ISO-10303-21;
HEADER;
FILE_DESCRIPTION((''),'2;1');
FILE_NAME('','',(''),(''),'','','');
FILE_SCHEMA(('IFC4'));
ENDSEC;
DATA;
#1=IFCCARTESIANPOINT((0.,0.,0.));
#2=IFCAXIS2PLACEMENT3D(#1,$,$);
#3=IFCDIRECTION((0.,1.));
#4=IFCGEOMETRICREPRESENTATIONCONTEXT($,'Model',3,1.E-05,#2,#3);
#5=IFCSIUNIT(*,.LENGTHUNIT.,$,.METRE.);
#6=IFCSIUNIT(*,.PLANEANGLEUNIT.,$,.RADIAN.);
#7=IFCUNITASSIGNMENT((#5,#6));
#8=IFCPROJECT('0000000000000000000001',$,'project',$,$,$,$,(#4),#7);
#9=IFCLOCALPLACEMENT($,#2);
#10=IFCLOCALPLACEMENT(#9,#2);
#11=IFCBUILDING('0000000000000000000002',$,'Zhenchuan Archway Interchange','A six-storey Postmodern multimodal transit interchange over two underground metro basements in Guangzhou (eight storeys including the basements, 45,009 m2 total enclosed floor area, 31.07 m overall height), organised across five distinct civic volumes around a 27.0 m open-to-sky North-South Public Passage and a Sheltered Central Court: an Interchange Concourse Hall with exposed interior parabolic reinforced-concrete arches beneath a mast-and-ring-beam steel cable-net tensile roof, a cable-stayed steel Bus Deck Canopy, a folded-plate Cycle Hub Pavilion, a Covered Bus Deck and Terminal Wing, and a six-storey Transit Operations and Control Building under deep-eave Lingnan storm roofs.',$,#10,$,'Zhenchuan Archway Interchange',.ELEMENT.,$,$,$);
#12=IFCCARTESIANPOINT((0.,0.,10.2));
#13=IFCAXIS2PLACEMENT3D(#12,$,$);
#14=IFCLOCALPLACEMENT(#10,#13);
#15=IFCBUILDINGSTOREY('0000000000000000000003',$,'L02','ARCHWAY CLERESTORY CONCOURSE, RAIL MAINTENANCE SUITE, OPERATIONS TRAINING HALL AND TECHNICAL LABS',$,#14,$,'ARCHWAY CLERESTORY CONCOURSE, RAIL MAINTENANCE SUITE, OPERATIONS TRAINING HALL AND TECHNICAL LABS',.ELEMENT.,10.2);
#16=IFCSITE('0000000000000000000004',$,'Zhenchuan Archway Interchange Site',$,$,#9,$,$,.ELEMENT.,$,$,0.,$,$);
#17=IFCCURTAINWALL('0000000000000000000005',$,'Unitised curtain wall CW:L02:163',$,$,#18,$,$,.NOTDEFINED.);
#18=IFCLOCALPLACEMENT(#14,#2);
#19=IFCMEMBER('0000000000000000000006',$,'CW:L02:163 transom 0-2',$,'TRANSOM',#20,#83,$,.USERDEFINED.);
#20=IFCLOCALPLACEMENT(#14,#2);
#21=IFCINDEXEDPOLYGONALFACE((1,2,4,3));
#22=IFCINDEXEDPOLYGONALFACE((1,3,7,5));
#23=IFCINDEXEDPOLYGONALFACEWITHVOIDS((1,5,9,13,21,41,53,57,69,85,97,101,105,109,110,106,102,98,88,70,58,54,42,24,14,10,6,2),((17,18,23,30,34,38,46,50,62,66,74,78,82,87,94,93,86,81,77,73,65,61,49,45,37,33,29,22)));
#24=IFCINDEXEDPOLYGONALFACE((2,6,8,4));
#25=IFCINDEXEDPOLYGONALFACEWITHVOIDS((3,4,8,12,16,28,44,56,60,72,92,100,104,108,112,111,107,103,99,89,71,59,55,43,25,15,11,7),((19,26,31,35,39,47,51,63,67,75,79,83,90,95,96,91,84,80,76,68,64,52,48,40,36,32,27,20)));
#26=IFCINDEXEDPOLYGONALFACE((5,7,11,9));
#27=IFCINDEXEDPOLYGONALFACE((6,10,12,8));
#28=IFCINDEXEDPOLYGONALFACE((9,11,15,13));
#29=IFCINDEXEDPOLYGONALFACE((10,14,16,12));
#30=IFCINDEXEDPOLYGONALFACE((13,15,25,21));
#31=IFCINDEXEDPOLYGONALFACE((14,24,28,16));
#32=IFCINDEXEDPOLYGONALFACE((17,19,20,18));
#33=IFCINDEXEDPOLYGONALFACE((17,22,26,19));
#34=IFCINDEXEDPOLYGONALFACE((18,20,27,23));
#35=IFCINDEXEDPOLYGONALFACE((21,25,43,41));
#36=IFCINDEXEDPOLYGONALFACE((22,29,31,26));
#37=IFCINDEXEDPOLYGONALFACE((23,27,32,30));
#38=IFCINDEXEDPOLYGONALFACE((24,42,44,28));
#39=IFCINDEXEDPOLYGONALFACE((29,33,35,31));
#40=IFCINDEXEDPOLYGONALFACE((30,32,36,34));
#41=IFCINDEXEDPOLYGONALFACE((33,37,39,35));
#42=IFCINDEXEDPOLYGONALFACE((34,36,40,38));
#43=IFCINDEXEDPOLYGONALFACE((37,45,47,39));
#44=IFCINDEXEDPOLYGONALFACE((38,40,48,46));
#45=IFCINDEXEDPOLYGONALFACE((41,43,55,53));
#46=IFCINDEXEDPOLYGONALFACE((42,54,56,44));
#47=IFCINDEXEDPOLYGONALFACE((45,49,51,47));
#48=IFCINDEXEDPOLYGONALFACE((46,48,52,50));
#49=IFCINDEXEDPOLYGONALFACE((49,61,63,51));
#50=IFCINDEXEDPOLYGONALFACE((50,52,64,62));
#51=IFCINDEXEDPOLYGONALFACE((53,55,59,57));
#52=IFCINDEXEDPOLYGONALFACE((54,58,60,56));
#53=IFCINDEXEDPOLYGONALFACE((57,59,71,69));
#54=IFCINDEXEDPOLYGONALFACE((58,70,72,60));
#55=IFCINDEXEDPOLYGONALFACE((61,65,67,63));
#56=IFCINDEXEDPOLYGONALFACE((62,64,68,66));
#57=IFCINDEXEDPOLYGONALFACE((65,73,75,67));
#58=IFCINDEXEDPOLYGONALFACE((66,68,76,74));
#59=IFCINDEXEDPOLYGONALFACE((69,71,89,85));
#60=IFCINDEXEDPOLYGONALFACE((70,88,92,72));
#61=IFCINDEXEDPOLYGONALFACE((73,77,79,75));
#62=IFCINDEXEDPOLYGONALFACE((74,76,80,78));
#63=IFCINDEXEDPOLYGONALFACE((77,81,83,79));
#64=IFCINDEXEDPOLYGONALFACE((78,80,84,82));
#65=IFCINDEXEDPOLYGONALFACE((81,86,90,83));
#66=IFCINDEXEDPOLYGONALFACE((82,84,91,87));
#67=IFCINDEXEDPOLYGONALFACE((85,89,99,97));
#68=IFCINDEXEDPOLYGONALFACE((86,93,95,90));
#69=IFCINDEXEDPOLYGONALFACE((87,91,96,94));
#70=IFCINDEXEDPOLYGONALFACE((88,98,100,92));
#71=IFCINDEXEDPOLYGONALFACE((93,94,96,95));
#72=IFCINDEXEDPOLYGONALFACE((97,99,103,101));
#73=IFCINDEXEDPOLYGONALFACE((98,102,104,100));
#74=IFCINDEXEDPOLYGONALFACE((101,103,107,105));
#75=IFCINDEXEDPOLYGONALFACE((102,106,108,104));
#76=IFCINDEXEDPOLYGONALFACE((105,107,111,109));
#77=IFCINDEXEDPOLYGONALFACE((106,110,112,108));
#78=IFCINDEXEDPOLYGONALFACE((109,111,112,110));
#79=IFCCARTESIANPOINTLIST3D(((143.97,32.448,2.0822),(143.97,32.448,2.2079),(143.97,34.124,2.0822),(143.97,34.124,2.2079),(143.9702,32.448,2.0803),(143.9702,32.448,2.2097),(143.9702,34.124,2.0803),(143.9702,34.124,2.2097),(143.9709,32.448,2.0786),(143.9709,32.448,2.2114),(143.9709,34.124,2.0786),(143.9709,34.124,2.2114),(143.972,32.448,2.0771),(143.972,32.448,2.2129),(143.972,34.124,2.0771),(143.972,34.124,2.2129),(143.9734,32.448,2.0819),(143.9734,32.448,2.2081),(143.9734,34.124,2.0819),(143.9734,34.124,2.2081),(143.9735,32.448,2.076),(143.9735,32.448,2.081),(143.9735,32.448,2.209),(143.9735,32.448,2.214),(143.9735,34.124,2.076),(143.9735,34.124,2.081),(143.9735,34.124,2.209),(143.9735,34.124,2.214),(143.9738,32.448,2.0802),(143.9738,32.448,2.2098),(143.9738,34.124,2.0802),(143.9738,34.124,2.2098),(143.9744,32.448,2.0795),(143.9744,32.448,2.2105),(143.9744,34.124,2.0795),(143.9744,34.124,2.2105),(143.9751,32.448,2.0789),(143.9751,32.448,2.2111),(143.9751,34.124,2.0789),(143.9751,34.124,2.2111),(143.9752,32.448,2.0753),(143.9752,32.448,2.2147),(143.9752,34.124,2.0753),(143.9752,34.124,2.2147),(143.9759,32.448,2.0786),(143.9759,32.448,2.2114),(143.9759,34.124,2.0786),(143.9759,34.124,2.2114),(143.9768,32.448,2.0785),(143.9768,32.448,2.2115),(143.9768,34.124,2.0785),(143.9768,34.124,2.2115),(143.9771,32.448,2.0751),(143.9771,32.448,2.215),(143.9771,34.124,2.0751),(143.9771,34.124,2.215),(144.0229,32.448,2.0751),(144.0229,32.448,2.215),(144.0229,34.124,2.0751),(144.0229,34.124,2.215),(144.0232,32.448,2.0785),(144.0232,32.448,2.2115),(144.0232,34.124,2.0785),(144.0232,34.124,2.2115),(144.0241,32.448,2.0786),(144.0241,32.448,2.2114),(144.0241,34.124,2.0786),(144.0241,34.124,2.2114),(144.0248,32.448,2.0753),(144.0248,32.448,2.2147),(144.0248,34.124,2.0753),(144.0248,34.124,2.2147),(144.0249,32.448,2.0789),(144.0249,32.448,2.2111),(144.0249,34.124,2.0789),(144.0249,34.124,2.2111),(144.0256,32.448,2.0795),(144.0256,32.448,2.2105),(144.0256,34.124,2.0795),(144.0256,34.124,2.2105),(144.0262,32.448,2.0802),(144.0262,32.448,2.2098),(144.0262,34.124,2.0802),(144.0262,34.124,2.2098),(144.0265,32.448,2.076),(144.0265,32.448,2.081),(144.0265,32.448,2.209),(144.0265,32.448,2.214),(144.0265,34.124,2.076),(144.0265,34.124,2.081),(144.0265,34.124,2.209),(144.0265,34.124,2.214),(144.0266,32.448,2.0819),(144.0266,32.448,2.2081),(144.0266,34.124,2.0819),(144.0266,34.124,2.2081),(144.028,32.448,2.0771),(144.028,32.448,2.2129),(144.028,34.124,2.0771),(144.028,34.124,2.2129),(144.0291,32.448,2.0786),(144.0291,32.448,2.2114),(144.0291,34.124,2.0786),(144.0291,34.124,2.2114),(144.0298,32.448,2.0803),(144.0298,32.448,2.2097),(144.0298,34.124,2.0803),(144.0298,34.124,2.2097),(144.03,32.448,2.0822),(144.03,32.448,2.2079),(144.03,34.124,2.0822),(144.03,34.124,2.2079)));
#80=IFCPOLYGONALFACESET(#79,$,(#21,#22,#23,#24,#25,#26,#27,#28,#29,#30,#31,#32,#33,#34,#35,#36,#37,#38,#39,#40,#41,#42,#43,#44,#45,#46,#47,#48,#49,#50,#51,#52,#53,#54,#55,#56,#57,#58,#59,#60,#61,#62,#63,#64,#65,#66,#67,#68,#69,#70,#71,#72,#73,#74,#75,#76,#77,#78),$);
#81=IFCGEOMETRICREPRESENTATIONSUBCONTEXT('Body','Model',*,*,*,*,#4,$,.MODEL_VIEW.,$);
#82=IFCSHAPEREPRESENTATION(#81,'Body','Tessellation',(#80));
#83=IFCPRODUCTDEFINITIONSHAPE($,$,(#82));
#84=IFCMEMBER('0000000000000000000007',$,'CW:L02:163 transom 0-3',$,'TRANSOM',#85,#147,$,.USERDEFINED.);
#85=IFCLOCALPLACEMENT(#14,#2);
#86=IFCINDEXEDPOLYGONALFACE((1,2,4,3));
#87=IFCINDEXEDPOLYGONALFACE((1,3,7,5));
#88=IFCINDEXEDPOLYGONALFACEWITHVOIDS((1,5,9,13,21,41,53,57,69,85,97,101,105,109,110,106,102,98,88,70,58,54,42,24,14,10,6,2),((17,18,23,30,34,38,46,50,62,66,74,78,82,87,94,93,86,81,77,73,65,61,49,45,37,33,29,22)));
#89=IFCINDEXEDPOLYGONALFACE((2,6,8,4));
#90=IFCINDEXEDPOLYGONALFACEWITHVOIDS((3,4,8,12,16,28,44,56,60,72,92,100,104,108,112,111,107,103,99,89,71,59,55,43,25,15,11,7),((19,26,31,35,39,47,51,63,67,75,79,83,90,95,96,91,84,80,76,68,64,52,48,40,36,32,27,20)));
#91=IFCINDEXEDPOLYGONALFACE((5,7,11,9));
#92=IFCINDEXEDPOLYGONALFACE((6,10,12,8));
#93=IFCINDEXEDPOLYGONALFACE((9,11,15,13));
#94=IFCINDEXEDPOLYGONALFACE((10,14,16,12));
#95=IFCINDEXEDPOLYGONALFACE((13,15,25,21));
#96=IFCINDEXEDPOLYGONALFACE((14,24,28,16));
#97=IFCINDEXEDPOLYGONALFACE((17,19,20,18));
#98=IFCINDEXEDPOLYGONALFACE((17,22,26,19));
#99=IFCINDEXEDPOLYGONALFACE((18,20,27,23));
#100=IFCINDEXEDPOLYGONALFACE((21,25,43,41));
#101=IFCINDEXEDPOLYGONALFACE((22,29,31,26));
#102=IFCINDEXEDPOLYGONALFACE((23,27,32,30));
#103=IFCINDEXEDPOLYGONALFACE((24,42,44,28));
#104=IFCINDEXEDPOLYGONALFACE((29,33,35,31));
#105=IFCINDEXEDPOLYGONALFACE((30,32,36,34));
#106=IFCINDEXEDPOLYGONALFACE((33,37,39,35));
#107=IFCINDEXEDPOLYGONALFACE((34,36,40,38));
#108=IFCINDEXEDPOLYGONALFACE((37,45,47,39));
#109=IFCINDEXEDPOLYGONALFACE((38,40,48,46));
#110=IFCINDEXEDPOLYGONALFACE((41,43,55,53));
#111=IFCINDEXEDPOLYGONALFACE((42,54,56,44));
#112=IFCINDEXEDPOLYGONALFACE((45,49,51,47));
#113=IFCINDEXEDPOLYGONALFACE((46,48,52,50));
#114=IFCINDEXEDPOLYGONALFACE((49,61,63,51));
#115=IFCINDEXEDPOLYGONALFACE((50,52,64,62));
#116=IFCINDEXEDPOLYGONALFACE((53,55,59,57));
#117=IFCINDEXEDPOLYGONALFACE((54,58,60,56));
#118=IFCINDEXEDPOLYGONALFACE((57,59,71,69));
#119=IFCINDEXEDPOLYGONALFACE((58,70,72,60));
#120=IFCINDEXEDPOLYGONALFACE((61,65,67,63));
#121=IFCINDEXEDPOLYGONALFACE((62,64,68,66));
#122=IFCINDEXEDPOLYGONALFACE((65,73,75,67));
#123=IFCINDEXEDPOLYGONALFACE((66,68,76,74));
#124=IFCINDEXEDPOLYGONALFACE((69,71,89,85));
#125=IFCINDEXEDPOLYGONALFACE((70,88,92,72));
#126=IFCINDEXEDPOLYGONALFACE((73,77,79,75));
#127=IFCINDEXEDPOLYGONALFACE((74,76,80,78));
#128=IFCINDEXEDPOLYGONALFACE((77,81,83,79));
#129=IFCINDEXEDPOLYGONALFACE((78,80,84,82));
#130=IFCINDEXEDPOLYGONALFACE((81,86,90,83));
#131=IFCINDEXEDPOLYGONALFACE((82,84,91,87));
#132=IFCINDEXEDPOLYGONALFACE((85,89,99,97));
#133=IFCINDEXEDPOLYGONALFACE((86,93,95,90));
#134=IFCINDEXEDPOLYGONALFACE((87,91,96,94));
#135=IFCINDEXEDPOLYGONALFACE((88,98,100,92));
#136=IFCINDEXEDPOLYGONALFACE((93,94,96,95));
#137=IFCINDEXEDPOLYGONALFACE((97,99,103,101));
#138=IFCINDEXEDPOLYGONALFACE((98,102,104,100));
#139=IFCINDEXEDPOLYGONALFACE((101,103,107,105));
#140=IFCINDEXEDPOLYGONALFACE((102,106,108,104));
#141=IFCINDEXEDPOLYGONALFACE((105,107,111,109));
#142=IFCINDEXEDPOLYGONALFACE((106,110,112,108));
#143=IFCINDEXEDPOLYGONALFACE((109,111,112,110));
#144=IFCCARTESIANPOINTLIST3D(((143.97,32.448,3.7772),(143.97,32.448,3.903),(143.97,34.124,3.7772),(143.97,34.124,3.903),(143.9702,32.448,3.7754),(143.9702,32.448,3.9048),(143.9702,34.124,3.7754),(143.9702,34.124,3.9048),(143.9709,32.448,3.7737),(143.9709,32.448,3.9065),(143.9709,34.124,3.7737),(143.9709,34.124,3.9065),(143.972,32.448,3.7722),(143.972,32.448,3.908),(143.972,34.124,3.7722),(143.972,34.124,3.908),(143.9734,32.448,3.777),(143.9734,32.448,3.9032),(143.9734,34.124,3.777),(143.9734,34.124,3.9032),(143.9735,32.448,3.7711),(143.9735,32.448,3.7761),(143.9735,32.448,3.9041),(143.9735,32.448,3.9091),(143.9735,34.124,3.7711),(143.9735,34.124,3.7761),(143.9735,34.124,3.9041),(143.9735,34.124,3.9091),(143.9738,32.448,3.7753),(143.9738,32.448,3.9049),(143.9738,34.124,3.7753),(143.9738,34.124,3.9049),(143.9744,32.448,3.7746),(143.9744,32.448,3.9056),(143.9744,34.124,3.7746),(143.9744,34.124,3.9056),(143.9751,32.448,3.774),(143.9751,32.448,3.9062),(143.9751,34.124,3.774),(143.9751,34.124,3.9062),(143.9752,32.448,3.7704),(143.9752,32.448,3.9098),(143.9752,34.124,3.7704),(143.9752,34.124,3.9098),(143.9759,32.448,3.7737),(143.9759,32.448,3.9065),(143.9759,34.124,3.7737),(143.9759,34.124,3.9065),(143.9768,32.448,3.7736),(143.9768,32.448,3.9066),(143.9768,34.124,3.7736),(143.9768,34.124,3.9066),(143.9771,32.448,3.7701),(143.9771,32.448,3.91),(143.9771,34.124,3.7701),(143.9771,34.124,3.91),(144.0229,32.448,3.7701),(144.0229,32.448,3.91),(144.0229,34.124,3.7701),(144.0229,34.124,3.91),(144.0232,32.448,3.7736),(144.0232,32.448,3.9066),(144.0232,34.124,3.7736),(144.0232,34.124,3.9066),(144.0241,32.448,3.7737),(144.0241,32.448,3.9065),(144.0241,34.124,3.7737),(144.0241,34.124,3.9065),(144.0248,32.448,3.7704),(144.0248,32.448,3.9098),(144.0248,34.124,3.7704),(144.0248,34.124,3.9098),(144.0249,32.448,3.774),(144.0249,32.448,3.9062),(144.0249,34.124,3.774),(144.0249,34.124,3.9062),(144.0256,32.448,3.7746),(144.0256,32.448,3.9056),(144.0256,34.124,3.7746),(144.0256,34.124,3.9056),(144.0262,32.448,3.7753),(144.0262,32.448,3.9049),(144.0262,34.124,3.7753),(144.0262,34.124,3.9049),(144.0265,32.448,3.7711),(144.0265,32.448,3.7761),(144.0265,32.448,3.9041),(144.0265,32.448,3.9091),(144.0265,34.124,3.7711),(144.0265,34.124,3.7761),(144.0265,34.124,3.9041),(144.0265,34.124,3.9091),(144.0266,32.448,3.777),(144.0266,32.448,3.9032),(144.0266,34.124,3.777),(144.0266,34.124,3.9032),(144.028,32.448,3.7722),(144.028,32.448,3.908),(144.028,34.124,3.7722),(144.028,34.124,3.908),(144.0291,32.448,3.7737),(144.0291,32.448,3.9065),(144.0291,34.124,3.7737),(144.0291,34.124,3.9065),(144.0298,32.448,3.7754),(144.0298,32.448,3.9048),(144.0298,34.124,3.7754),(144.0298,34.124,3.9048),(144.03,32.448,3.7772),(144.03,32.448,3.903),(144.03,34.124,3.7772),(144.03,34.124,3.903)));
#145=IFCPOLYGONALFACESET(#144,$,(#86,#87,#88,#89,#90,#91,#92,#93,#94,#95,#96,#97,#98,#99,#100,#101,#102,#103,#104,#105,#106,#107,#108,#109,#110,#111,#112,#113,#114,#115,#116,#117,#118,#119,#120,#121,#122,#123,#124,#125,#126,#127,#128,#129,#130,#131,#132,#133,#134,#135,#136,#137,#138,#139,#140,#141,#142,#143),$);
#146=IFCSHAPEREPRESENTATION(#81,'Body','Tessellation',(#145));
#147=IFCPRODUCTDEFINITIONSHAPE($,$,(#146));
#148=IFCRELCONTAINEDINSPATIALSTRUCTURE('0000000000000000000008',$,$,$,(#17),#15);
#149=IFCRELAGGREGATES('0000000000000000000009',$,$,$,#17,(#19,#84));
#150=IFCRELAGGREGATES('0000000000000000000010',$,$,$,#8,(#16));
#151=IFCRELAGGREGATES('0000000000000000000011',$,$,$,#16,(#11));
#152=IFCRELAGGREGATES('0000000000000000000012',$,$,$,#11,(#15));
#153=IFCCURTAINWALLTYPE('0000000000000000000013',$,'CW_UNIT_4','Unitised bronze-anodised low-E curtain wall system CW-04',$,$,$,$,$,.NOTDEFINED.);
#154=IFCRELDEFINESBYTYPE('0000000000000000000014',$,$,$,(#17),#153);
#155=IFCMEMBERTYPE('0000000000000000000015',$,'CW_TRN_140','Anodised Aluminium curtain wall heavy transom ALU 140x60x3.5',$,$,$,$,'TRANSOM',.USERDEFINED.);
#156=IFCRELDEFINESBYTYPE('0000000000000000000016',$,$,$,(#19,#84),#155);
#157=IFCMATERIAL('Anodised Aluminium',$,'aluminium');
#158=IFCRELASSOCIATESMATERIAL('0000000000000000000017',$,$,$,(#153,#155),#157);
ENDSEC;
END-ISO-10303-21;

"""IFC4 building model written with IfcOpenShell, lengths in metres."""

from ifc_helpers import new_model, si_unit, direction, frame, origin, origin_2d, place, context, subcontext, project, spatial, hollow_rectangle, extrude, material, material_profile, profile_set, type_object, element, aggregate, save


model = new_model("IFC4")

# Units and contexts
model_context = context("Model", 3, precision=1e-05, world=origin(), true_north=direction((0.0, 1.0)))
body_context = subcontext(model_context, "Body", "Model", "MODEL_VIEW")
ifc_project = project(units=[si_unit("LENGTHUNIT", "METRE"), si_unit("PLANEANGLEUNIT", "RADIAN")], contexts=[model_context])

# Site, building, storey
site_placement = place(None, origin())
site = spatial("IfcSite", under=ifc_project, at=site_placement, Name="Zhenchuan Archway Interchange Site", CompositionType="ELEMENT", RefElevation=0.0)
building_placement = place(site_placement, origin())
building = spatial("IfcBuilding", under=site, at=building_placement, Name="Zhenchuan Archway Interchange", Description="A six-storey Postmodern multimodal transit interchange over two underground metro basements in Guangzhou (eight storeys including the basements, 45,009 m2 total enclosed floor area, 31.07 m overall height), organised across five distinct civic volumes around a 27.0 m open-to-sky North-South Public Passage and a Sheltered Central Court: an Interchange Concourse Hall with exposed interior parabolic reinforced-concrete arches beneath a mast-and-ring-beam steel cable-net tensile roof, a cable-stayed steel Bus Deck Canopy, a folded-plate Cycle Hub Pavilion, a Covered Bus Deck and Terminal Wing, and a six-storey Transit Operations and Control Building under deep-eave Lingnan storm roofs.", LongName="Zhenchuan Archway Interchange", CompositionType="ELEMENT")
storey_placement = place(building_placement, frame((0.0, 0.0, 10.2)))
storey = spatial("IfcBuildingStorey", under=building, at=storey_placement, Name="L02", Description="ARCHWAY CLERESTORY CONCOURSE, RAIL MAINTENANCE SUITE, OPERATIONS TRAINING HALL AND TECHNICAL LABS", LongName="ARCHWAY CLERESTORY CONCOURSE, RAIL MAINTENANCE SUITE, OPERATIONS TRAINING HALL AND TECHNICAL LABS", CompositionType="ELEMENT", Elevation=10.2)

# Curtain wall, members
ifc_material_1 = material(Name="Anodised Aluminium", Category="aluminium")
curtain_wall_type = type_object("IfcCurtainWallType", Name="CW_UNIT_4", Description="Unitised bronze-anodised low-E curtain wall system CW-04", PredefinedType="NOTDEFINED", material=ifc_material_1)
curtain_wall_placement = place(storey_placement, origin())
curtain_wall = element("IfcCurtainWall", 1, at=curtain_wall_placement, inside=storey, type_object=curtain_wall_type, Name="Unitised curtain wall CW:L02:163", PredefinedType="NOTDEFINED")
ifc_material_profile_1 = material_profile(ifc_material_1, hollow_rectangle(XDim=0.0601, YDim=0.1399, WallThickness=0.0034, InnerFilletRadius=0.0034, OuterFilletRadius=0.0071, at=origin_2d()), Name="ALU 140x60x3.5")
ifc_profile_set_1 = profile_set([ifc_material_profile_1], Name="Anodised Aluminium")
member_type_1 = type_object("IfcMemberType", Name="CW_TRN_140", Description="Anodised Aluminium curtain wall heavy transom ALU 140x60x3.5", ElementType="TRANSOM", PredefinedType="USERDEFINED", material=ifc_profile_set_1)
member_1_placement = place(storey_placement, frame((144.0, 32.448, 2.145), z_axis=(0.0, 1.0, 0.0), x_axis=(-1.0, 0.0, 0.0)))
member_1 = element("IfcMember", 2, at=member_1_placement, type_object=member_type_1, Name="CW:L02:163 transom 0-2", ObjectType="TRANSOM", PredefinedType="USERDEFINED", context=body_context, shape_type="SweptSolid", body=[
    extrude(hollow_rectangle(XDim=0.0601, YDim=0.1399, WallThickness=0.0034, InnerFilletRadius=0.0034, OuterFilletRadius=0.0071, at=origin_2d()), origin(), (0.0, 0.0, 1.0), 1.676),
])
member_2_placement = place(storey_placement, frame((144.0, 32.448, 3.8401), z_axis=(0.0, 1.0, 0.0), x_axis=(-1.0, 0.0, 0.0)))
member_2 = element("IfcMember", 3, at=member_2_placement, type_object=member_type_1, Name="CW:L02:163 transom 0-3", ObjectType="TRANSOM", PredefinedType="USERDEFINED", context=body_context, shape_type="SweptSolid", body=[
    extrude(hollow_rectangle(XDim=0.0601, YDim=0.1399, WallThickness=0.0034, InnerFilletRadius=0.0034, OuterFilletRadius=0.0071, at=origin_2d()), origin(), (0.0, 0.0, 1.0), 1.676),
])

aggregate(curtain_wall, [member_1, member_2])

save(model, "model.ifc")
